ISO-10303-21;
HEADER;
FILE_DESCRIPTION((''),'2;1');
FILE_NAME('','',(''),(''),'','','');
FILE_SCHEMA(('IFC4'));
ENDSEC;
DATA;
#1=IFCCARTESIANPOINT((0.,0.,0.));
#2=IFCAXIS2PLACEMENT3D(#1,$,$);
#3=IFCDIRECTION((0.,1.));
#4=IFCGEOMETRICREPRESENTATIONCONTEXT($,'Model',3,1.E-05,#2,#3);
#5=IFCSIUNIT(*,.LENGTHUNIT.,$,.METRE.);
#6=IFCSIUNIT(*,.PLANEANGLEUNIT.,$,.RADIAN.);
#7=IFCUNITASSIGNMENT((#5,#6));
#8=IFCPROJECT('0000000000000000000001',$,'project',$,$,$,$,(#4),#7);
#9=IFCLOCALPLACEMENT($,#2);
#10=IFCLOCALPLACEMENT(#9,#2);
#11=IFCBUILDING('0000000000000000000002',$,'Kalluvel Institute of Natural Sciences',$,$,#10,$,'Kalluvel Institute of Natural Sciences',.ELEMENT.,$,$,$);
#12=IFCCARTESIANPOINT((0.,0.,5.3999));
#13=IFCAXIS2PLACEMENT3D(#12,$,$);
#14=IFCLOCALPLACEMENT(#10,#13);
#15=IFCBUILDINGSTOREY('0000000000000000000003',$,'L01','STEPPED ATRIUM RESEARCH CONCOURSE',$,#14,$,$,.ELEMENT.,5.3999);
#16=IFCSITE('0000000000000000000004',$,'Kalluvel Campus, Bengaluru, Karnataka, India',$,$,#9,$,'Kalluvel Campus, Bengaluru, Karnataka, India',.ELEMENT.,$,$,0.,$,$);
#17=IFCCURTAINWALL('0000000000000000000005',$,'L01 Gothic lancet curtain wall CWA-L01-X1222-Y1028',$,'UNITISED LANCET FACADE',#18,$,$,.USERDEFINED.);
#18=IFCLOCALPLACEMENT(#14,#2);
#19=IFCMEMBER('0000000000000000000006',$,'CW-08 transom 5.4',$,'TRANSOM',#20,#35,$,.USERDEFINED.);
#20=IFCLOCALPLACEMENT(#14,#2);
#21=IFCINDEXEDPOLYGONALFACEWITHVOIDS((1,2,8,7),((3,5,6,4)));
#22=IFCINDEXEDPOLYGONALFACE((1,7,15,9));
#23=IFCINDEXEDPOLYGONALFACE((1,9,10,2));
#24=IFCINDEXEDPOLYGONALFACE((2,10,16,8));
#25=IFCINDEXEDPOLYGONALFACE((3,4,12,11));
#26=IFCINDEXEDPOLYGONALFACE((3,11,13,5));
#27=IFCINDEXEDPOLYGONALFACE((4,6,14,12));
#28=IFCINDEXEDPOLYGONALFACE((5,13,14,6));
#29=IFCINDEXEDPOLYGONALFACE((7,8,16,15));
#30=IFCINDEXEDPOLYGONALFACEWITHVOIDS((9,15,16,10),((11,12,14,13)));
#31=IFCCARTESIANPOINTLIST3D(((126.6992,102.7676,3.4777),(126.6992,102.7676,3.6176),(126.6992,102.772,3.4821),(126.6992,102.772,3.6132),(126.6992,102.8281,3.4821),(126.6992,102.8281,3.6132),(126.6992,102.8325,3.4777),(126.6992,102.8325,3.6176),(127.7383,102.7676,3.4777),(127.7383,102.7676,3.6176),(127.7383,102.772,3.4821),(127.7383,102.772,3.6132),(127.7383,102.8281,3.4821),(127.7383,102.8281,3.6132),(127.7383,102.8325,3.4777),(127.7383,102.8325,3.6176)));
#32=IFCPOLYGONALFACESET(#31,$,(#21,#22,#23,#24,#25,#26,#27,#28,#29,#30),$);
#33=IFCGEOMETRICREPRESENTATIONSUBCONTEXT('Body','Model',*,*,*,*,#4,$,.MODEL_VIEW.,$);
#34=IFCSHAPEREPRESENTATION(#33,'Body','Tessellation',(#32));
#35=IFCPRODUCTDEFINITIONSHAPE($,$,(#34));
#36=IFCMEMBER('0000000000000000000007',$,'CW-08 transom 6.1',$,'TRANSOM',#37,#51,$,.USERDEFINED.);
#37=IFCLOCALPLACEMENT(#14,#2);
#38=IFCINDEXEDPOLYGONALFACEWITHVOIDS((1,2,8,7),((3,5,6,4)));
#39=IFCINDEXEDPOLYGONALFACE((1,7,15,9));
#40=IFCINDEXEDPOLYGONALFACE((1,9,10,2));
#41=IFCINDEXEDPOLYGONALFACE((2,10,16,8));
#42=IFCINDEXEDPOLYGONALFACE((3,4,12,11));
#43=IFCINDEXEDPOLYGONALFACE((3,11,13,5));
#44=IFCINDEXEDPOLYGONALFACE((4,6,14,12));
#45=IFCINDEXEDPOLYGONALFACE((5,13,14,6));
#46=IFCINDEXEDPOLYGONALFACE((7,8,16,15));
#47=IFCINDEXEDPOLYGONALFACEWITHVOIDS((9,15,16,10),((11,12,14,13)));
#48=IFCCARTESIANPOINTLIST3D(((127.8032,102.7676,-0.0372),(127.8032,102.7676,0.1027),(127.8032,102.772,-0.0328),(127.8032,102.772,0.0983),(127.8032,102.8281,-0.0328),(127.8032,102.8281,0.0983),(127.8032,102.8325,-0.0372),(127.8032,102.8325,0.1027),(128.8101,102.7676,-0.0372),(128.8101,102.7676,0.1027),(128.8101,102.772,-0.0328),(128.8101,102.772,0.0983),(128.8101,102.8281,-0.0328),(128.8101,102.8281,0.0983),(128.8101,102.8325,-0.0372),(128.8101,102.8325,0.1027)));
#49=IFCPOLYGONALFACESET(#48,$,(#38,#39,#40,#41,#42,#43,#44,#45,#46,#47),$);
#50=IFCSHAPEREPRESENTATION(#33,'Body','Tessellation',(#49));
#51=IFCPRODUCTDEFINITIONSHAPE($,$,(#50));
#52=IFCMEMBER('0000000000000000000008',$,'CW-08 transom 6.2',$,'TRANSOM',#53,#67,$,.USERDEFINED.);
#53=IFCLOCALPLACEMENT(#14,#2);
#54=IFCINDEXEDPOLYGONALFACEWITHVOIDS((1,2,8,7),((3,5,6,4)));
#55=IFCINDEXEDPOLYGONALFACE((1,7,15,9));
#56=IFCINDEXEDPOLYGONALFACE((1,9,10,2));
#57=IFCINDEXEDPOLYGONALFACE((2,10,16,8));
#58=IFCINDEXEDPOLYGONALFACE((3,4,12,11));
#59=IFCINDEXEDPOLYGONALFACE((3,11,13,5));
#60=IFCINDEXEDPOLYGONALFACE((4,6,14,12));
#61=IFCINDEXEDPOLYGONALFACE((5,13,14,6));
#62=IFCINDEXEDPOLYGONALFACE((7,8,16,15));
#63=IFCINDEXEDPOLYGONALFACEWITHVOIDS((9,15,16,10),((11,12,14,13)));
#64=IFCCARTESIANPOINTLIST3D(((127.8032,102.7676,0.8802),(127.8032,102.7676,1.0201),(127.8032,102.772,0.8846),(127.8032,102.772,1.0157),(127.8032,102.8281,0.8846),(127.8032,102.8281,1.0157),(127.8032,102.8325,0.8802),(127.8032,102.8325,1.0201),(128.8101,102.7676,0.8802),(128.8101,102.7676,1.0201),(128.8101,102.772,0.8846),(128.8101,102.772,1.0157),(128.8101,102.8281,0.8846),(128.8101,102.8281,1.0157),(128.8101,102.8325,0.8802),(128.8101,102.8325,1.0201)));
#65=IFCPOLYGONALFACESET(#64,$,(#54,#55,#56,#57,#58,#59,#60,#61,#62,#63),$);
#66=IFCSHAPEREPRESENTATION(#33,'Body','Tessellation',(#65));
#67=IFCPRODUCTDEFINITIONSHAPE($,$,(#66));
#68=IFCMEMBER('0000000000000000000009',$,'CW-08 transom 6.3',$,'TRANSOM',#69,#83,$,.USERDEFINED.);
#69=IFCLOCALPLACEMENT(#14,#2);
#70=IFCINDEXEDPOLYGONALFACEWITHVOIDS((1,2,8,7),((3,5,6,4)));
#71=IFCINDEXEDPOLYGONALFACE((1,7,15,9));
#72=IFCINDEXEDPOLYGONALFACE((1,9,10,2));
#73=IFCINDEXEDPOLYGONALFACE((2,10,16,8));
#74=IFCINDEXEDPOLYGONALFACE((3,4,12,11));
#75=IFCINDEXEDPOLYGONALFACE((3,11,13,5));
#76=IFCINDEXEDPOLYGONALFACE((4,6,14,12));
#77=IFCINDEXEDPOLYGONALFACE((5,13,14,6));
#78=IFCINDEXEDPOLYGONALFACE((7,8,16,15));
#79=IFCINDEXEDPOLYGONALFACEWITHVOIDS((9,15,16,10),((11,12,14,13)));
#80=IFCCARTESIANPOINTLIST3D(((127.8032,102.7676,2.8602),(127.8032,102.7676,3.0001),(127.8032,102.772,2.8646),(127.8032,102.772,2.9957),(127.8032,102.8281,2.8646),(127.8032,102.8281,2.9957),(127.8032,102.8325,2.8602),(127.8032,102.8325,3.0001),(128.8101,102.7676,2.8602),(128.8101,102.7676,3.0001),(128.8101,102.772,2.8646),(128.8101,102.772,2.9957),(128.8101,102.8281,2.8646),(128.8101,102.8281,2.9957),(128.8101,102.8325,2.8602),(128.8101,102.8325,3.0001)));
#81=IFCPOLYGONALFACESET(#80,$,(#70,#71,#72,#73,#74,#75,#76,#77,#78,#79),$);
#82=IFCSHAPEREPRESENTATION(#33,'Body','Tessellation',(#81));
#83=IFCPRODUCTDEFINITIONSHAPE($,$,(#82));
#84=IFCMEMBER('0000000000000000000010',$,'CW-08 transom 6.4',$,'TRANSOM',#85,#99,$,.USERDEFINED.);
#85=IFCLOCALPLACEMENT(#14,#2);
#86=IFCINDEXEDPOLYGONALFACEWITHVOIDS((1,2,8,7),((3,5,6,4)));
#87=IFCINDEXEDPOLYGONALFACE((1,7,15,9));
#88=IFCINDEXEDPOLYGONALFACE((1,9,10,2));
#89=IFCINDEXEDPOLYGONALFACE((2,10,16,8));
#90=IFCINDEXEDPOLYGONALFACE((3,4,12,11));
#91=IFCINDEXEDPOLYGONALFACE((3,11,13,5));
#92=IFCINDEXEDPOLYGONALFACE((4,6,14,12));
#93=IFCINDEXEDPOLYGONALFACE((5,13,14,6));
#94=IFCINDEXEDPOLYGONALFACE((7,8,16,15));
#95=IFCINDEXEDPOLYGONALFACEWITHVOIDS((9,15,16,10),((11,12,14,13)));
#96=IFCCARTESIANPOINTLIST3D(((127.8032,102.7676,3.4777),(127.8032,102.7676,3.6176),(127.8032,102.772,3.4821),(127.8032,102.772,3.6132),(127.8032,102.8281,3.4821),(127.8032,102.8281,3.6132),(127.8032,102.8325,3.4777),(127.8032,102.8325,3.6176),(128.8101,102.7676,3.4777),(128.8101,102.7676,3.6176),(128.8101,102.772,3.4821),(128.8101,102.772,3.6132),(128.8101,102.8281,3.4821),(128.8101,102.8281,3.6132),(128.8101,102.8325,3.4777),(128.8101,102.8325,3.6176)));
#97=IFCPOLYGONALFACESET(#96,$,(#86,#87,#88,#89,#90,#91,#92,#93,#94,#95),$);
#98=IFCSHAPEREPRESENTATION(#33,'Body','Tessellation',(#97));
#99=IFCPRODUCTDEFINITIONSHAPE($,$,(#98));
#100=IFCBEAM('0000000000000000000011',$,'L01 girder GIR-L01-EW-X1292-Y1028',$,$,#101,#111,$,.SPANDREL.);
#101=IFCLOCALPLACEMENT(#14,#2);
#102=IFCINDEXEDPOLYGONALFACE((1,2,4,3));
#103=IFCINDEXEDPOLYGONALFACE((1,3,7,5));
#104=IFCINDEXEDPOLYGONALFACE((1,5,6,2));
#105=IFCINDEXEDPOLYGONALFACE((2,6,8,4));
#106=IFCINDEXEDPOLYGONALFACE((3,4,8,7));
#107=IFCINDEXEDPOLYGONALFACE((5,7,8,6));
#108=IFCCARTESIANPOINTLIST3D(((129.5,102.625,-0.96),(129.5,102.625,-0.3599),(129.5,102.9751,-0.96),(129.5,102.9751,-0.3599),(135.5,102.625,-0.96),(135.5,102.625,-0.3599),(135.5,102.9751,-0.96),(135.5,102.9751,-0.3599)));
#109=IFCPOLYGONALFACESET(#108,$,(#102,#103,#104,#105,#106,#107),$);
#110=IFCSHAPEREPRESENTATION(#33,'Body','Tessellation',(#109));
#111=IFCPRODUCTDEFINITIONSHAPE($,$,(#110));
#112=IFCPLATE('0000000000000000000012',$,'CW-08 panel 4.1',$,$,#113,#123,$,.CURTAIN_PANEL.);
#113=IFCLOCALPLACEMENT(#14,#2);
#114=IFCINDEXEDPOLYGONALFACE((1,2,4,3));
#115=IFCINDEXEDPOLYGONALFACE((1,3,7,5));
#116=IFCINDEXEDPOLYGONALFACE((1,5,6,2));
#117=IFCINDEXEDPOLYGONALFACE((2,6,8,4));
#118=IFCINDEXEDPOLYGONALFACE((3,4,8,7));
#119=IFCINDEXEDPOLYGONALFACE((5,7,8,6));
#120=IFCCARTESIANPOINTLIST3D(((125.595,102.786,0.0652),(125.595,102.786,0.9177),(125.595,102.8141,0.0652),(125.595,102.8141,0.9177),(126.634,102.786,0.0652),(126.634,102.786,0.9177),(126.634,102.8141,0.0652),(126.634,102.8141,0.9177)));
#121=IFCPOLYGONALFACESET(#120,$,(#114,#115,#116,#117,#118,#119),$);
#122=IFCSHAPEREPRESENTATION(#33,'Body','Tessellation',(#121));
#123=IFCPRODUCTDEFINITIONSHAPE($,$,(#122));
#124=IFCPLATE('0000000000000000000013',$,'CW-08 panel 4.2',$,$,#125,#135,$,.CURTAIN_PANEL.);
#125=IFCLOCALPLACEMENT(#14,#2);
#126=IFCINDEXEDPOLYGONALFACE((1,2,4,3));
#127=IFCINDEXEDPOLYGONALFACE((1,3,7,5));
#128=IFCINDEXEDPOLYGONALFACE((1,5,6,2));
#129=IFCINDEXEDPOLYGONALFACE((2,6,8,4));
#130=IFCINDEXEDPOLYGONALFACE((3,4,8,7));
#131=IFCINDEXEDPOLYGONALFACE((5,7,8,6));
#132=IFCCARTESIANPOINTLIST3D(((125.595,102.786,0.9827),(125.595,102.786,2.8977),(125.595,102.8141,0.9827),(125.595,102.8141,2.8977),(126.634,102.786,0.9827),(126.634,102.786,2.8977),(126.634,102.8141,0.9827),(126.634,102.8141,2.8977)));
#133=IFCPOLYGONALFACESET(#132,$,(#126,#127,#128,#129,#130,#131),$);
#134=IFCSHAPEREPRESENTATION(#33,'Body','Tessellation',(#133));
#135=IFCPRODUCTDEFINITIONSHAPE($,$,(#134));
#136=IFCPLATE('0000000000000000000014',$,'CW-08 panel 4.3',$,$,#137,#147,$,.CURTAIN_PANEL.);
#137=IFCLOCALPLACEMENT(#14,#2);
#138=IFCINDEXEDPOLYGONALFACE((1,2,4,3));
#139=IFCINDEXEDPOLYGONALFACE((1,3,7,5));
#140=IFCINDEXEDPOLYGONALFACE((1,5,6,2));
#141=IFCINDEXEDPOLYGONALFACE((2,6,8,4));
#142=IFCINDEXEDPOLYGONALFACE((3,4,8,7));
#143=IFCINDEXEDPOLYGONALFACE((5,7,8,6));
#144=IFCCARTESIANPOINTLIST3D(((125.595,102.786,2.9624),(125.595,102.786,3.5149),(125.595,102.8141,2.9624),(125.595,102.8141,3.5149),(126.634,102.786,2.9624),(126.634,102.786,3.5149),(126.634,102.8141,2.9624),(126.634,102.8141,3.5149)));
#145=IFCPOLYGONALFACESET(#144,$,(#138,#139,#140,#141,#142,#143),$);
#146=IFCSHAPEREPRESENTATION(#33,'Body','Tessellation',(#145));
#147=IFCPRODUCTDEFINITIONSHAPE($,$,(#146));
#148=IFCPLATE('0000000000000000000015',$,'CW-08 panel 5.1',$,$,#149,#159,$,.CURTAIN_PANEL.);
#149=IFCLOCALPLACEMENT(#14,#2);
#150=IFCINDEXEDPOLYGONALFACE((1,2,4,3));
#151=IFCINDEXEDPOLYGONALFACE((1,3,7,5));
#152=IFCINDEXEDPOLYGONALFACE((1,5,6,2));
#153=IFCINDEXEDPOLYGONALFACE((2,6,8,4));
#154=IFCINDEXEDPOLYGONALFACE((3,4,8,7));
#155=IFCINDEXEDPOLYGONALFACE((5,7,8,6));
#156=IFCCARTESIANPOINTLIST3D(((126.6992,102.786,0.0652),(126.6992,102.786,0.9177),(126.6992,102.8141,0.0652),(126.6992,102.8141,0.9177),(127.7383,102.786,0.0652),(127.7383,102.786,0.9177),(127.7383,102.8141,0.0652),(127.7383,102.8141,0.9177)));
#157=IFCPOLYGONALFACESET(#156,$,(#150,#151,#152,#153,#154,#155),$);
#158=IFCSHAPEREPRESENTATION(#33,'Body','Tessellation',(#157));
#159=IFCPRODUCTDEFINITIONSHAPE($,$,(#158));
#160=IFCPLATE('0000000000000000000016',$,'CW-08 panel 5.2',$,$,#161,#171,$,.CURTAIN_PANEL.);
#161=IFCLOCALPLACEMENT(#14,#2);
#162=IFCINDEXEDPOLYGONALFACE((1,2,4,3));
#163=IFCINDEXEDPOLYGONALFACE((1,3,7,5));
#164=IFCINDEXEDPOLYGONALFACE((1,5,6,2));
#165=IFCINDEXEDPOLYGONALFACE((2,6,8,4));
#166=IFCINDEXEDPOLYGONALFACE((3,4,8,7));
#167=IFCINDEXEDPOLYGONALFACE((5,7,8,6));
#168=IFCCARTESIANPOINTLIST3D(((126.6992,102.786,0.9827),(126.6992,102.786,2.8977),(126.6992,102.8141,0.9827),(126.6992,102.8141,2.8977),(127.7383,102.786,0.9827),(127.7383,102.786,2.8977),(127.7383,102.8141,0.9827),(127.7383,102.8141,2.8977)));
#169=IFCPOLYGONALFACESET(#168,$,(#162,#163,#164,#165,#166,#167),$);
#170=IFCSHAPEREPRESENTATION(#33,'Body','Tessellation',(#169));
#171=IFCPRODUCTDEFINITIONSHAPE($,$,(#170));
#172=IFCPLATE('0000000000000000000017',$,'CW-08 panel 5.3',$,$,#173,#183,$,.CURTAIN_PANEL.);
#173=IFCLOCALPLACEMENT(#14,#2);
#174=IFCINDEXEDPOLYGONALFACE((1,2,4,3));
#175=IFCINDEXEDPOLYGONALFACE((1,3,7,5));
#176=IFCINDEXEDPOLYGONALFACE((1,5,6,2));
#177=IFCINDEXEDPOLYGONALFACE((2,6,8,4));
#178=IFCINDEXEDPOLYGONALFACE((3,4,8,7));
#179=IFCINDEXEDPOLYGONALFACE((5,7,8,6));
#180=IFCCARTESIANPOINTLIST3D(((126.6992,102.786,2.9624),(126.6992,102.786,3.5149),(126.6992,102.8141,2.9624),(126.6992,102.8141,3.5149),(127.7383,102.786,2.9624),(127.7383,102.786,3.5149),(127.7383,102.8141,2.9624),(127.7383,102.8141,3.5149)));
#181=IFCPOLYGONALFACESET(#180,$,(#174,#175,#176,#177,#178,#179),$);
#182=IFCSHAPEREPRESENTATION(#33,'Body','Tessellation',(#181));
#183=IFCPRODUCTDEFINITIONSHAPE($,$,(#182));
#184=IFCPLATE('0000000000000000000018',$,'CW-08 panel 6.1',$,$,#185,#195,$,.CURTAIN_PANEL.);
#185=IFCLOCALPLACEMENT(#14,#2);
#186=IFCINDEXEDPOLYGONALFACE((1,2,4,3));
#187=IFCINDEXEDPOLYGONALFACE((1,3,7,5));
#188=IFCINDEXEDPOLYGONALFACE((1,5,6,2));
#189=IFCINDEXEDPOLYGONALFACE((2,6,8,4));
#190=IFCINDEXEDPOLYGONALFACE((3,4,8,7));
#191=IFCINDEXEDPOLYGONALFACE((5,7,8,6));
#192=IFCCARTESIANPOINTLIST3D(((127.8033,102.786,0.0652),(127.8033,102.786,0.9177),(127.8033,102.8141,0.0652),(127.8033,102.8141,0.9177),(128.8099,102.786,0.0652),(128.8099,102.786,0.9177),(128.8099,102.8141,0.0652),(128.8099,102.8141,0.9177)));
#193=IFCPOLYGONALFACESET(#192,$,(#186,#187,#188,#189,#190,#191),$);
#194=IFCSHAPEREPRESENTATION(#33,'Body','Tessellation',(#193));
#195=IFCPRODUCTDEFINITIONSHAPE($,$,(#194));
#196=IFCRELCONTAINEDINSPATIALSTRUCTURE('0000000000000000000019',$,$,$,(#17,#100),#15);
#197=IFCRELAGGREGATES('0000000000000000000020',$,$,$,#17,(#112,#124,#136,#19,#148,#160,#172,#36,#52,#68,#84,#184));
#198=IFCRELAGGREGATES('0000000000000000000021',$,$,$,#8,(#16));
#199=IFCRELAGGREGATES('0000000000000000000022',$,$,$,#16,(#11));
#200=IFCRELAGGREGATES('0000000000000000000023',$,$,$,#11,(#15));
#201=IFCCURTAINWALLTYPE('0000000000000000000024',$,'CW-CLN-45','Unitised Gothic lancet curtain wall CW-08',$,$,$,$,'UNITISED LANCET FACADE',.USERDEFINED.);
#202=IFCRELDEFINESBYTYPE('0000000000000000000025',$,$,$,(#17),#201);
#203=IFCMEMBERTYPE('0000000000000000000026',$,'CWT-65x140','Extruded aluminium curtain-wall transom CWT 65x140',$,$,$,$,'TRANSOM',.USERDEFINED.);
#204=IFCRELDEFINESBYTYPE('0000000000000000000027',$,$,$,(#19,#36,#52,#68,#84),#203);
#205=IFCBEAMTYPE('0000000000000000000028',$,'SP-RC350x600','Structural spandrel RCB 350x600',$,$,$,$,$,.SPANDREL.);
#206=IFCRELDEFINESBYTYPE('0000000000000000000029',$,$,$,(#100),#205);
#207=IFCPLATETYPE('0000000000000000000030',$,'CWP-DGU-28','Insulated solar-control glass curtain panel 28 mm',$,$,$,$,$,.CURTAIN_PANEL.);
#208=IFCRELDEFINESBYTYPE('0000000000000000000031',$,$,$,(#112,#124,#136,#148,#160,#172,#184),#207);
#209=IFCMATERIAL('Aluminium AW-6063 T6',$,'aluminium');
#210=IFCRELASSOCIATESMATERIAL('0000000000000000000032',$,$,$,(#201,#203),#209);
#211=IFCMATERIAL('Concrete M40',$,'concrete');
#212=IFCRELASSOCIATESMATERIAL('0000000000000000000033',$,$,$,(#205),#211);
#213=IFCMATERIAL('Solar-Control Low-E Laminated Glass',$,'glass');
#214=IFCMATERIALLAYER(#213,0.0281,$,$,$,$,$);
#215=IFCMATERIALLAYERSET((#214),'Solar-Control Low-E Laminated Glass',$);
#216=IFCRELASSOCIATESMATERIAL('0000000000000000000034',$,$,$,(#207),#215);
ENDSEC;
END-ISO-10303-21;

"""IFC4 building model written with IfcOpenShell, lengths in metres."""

from ifc_helpers import new_model, si_unit, direction, frame, origin, origin_2d, place, context, subcontext, project, spatial, rectangle, hollow_rectangle, extrude, material, layer, layer_set, material_profile, profile_set, type_object, element, aggregate, save


model = new_model("IFC4")

# Units and contexts
model_context = context("Model", 3, precision=1e-05, world=origin(), true_north=direction((0.0, 1.0)))
body_context = subcontext(model_context, "Body", "Model", "MODEL_VIEW")
ifc_project = project(units=[si_unit("LENGTHUNIT", "METRE"), si_unit("PLANEANGLEUNIT", "RADIAN")], contexts=[model_context])

# Site, building, storey
site_placement = place(None, origin())
site = spatial("IfcSite", under=ifc_project, at=site_placement, Name="Kalluvel Campus, Bengaluru, Karnataka, India", LongName="Kalluvel Campus, Bengaluru, Karnataka, India", CompositionType="ELEMENT", RefElevation=0.0)
building_placement = place(site_placement, origin())
building = spatial("IfcBuilding", under=site, at=building_placement, Name="Kalluvel Institute of Natural Sciences", LongName="Kalluvel Institute of Natural Sciences", CompositionType="ELEMENT")
storey_placement = place(building_placement, frame((0.0, 0.0, 5.3999)))
storey = spatial("IfcBuildingStorey", under=building, at=storey_placement, Name="L01", Description="STEPPED ATRIUM RESEARCH CONCOURSE", CompositionType="ELEMENT", Elevation=5.3999)

# Shared definitions
ifc_material_1 = material(Name="Concrete M40", Category="concrete")

# Curtain wall
ifc_material_2 = material(Name="Aluminium AW-6063 T6", Category="aluminium")
curtain_wall_type = type_object("IfcCurtainWallType", Name="CW-CLN-45", Description="Unitised Gothic lancet curtain wall CW-08", ElementType="UNITISED LANCET FACADE", PredefinedType="USERDEFINED", material=ifc_material_2)
curtain_wall_1_placement = place(storey_placement, origin())
curtain_wall_1 = element("IfcCurtainWall", 1, at=curtain_wall_1_placement, inside=storey, type_object=curtain_wall_type, Name="L01 Gothic lancet curtain wall CWA-L01-X1222-Y1028", ObjectType="UNITISED LANCET FACADE", PredefinedType="USERDEFINED")

# Members
ifc_material_profile_1 = material_profile(ifc_material_2, hollow_rectangle(XDim=0.0649, YDim=0.1399, WallThickness=0.0044, at=origin_2d()), Name="CWT 65x140")
ifc_profile_set_1 = profile_set([ifc_material_profile_1], Name="Aluminium AW-6063 T6")
member_type_1 = type_object("IfcMemberType", Name="CWT-65x140", Description="Extruded aluminium curtain-wall transom CWT 65x140", ElementType="TRANSOM", PredefinedType="USERDEFINED", material=ifc_profile_set_1)
member_1_placement = place(storey_placement, frame((126.6992, 102.8, 3.5476), z_axis=(1.0, 0.0, 0.0), x_axis=(0.0, 1.0, 0.0)))
member_1 = element("IfcMember", 2, at=member_1_placement, type_object=member_type_1, Name="CW-08 transom 5.4", ObjectType="TRANSOM", PredefinedType="USERDEFINED", context=body_context, shape_type="SweptSolid", body=[
    extrude(hollow_rectangle(XDim=0.0649, YDim=0.1399, WallThickness=0.0044, at=origin_2d()), origin(), (0.0, 0.0, 1.0), 1.0391),
])
member_2_placement = place(storey_placement, frame((127.8032, 102.8, 0.0327), z_axis=(1.0, 0.0, 0.0), x_axis=(0.0, 1.0, 0.0)))
member_2 = element("IfcMember", 3, at=member_2_placement, type_object=member_type_1, Name="CW-08 transom 6.1", ObjectType="TRANSOM", PredefinedType="USERDEFINED", context=body_context, shape_type="SweptSolid", body=[
    extrude(hollow_rectangle(XDim=0.0649, YDim=0.1399, WallThickness=0.0044, at=origin_2d()), origin(), (0.0, 0.0, 1.0), 1.0068),
])
member_3_placement = place(storey_placement, frame((127.8032, 102.8, 0.9502), z_axis=(1.0, 0.0, 0.0), x_axis=(0.0, 1.0, 0.0)))
member_3 = element("IfcMember", 4, at=member_3_placement, type_object=member_type_1, Name="CW-08 transom 6.2", ObjectType="TRANSOM", PredefinedType="USERDEFINED", context=body_context, shape_type="SweptSolid", body=[
    extrude(hollow_rectangle(XDim=0.0649, YDim=0.1399, WallThickness=0.0044, at=origin_2d()), origin(), (0.0, 0.0, 1.0), 1.0068),
])
member_4_placement = place(storey_placement, frame((127.8032, 102.8, 2.9302), z_axis=(1.0, 0.0, 0.0), x_axis=(0.0, 1.0, 0.0)))
member_4 = element("IfcMember", 5, at=member_4_placement, type_object=member_type_1, Name="CW-08 transom 6.3", ObjectType="TRANSOM", PredefinedType="USERDEFINED", context=body_context, shape_type="SweptSolid", body=[
    extrude(hollow_rectangle(XDim=0.0649, YDim=0.1399, WallThickness=0.0044, at=origin_2d()), origin(), (0.0, 0.0, 1.0), 1.0068),
])
member_5_placement = place(storey_placement, frame((127.8032, 102.8, 3.5476), z_axis=(1.0, 0.0, 0.0), x_axis=(0.0, 1.0, 0.0)))
member_5 = element("IfcMember", 6, at=member_5_placement, type_object=member_type_1, Name="CW-08 transom 6.4", ObjectType="TRANSOM", PredefinedType="USERDEFINED", context=body_context, shape_type="SweptSolid", body=[
    extrude(hollow_rectangle(XDim=0.0649, YDim=0.1399, WallThickness=0.0044, at=origin_2d()), origin(), (0.0, 0.0, 1.0), 1.0068),
])

# Beam
ifc_material_profile_2 = material_profile(ifc_material_1, rectangle(XDim=0.3501, YDim=0.6001, at=origin_2d()), Name="RCB 350x600")
ifc_profile_set_2 = profile_set([ifc_material_profile_2], Name="Concrete M40")
beam_type = type_object("IfcBeamType", Name="SP-RC350x600", Description="Structural spandrel RCB 350x600", PredefinedType="SPANDREL", material=ifc_profile_set_2)
beam_placement = place(storey_placement, frame((129.5, 102.8, -0.6599), z_axis=(1.0, 0.0, 0.0), x_axis=(0.0, 1.0, 0.0)))
element("IfcBeam", 7, at=beam_placement, inside=storey, type_object=beam_type, Name="L01 girder GIR-L01-EW-X1292-Y1028", PredefinedType="SPANDREL", context=body_context, shape_type="SweptSolid", body=[
    extrude(rectangle(XDim=0.3501, YDim=0.6001, at=origin_2d()), origin(), (0.0, 0.0, 1.0), 6.0),
])

# Plates
ifc_material_3 = material(Name="Solar-Control Low-E Laminated Glass", Category="glass")
ifc_layer = layer(ifc_material_3, 0.0281)
ifc_layer_set = layer_set([ifc_layer], Name="Solar-Control Low-E Laminated Glass")
plate_type = type_object("IfcPlateType", Name="CWP-DGU-28", Description="Insulated solar-control glass curtain panel 28 mm", PredefinedType="CURTAIN_PANEL", material=ifc_layer_set)
plate_1_placement = place(storey_placement, frame((126.1145, 102.8, 0.0652), z_axis=(0.0, 0.0, 1.0), x_axis=(1.0, 0.0, 0.0)))
plate_1 = element("IfcPlate", 8, at=plate_1_placement, type_object=plate_type, Name="CW-08 panel 4.1", PredefinedType="CURTAIN_PANEL", context=body_context, shape_type="SweptSolid", body=[
    extrude(rectangle(XDim=1.0391, YDim=0.0281, at=origin_2d()), origin(), (0.0, 0.0, 1.0), 0.8525),
])
plate_2_placement = place(storey_placement, frame((126.1145, 102.8, 0.9827), z_axis=(0.0, 0.0, 1.0), x_axis=(1.0, 0.0, 0.0)))
plate_2 = element("IfcPlate", 9, at=plate_2_placement, type_object=plate_type, Name="CW-08 panel 4.2", PredefinedType="CURTAIN_PANEL", context=body_context, shape_type="SweptSolid", body=[
    extrude(rectangle(XDim=1.0391, YDim=0.0281, at=origin_2d()), origin(), (0.0, 0.0, 1.0), 1.915),
])
plate_3_placement = place(storey_placement, frame((126.1145, 102.8, 2.9624), z_axis=(0.0, 0.0, 1.0), x_axis=(1.0, 0.0, 0.0)))
plate_3 = element("IfcPlate", 10, at=plate_3_placement, type_object=plate_type, Name="CW-08 panel 4.3", PredefinedType="CURTAIN_PANEL", context=body_context, shape_type="SweptSolid", body=[
    extrude(rectangle(XDim=1.0391, YDim=0.0281, at=origin_2d()), origin(), (0.0, 0.0, 1.0), 0.5525),
])
plate_4_placement = place(storey_placement, frame((127.2188, 102.8, 0.0652), z_axis=(0.0, 0.0, 1.0), x_axis=(1.0, 0.0, 0.0)))
plate_4 = element("IfcPlate", 11, at=plate_4_placement, type_object=plate_type, Name="CW-08 panel 5.1", PredefinedType="CURTAIN_PANEL", context=body_context, shape_type="SweptSolid", body=[
    extrude(rectangle(XDim=1.0391, YDim=0.0281, at=origin_2d()), origin(), (0.0, 0.0, 1.0), 0.8525),
])
plate_5_placement = place(storey_placement, frame((127.2188, 102.8, 0.9827), z_axis=(0.0, 0.0, 1.0), x_axis=(1.0, 0.0, 0.0)))
plate_5 = element("IfcPlate", 12, at=plate_5_placement, type_object=plate_type, Name="CW-08 panel 5.2", PredefinedType="CURTAIN_PANEL", context=body_context, shape_type="SweptSolid", body=[
    extrude(rectangle(XDim=1.0391, YDim=0.0281, at=origin_2d()), origin(), (0.0, 0.0, 1.0), 1.915),
])
plate_6_placement = place(storey_placement, frame((127.2188, 102.8, 2.9624), z_axis=(0.0, 0.0, 1.0), x_axis=(1.0, 0.0, 0.0)))
plate_6 = element("IfcPlate", 13, at=plate_6_placement, type_object=plate_type, Name="CW-08 panel 5.3", PredefinedType="CURTAIN_PANEL", context=body_context, shape_type="SweptSolid", body=[
    extrude(rectangle(XDim=1.0391, YDim=0.0281, at=origin_2d()), origin(), (0.0, 0.0, 1.0), 0.5525),
])
plate_7_placement = place(storey_placement, frame((128.3066, 102.8, 0.0652), z_axis=(0.0, 0.0, 1.0), x_axis=(1.0, 0.0, 0.0)))
plate_7 = element("IfcPlate", 14, at=plate_7_placement, type_object=plate_type, Name="CW-08 panel 6.1", PredefinedType="CURTAIN_PANEL", context=body_context, shape_type="SweptSolid", body=[
    extrude(rectangle(XDim=1.0066, YDim=0.0281, at=origin_2d()), origin(), (0.0, 0.0, 1.0), 0.8525),
])
aggregate(curtain_wall_1, [plate_1, plate_2, plate_3, member_1, plate_4, plate_5, plate_6, member_2, member_3, member_4, member_5, plate_7])

save(model, "model.ifc")
